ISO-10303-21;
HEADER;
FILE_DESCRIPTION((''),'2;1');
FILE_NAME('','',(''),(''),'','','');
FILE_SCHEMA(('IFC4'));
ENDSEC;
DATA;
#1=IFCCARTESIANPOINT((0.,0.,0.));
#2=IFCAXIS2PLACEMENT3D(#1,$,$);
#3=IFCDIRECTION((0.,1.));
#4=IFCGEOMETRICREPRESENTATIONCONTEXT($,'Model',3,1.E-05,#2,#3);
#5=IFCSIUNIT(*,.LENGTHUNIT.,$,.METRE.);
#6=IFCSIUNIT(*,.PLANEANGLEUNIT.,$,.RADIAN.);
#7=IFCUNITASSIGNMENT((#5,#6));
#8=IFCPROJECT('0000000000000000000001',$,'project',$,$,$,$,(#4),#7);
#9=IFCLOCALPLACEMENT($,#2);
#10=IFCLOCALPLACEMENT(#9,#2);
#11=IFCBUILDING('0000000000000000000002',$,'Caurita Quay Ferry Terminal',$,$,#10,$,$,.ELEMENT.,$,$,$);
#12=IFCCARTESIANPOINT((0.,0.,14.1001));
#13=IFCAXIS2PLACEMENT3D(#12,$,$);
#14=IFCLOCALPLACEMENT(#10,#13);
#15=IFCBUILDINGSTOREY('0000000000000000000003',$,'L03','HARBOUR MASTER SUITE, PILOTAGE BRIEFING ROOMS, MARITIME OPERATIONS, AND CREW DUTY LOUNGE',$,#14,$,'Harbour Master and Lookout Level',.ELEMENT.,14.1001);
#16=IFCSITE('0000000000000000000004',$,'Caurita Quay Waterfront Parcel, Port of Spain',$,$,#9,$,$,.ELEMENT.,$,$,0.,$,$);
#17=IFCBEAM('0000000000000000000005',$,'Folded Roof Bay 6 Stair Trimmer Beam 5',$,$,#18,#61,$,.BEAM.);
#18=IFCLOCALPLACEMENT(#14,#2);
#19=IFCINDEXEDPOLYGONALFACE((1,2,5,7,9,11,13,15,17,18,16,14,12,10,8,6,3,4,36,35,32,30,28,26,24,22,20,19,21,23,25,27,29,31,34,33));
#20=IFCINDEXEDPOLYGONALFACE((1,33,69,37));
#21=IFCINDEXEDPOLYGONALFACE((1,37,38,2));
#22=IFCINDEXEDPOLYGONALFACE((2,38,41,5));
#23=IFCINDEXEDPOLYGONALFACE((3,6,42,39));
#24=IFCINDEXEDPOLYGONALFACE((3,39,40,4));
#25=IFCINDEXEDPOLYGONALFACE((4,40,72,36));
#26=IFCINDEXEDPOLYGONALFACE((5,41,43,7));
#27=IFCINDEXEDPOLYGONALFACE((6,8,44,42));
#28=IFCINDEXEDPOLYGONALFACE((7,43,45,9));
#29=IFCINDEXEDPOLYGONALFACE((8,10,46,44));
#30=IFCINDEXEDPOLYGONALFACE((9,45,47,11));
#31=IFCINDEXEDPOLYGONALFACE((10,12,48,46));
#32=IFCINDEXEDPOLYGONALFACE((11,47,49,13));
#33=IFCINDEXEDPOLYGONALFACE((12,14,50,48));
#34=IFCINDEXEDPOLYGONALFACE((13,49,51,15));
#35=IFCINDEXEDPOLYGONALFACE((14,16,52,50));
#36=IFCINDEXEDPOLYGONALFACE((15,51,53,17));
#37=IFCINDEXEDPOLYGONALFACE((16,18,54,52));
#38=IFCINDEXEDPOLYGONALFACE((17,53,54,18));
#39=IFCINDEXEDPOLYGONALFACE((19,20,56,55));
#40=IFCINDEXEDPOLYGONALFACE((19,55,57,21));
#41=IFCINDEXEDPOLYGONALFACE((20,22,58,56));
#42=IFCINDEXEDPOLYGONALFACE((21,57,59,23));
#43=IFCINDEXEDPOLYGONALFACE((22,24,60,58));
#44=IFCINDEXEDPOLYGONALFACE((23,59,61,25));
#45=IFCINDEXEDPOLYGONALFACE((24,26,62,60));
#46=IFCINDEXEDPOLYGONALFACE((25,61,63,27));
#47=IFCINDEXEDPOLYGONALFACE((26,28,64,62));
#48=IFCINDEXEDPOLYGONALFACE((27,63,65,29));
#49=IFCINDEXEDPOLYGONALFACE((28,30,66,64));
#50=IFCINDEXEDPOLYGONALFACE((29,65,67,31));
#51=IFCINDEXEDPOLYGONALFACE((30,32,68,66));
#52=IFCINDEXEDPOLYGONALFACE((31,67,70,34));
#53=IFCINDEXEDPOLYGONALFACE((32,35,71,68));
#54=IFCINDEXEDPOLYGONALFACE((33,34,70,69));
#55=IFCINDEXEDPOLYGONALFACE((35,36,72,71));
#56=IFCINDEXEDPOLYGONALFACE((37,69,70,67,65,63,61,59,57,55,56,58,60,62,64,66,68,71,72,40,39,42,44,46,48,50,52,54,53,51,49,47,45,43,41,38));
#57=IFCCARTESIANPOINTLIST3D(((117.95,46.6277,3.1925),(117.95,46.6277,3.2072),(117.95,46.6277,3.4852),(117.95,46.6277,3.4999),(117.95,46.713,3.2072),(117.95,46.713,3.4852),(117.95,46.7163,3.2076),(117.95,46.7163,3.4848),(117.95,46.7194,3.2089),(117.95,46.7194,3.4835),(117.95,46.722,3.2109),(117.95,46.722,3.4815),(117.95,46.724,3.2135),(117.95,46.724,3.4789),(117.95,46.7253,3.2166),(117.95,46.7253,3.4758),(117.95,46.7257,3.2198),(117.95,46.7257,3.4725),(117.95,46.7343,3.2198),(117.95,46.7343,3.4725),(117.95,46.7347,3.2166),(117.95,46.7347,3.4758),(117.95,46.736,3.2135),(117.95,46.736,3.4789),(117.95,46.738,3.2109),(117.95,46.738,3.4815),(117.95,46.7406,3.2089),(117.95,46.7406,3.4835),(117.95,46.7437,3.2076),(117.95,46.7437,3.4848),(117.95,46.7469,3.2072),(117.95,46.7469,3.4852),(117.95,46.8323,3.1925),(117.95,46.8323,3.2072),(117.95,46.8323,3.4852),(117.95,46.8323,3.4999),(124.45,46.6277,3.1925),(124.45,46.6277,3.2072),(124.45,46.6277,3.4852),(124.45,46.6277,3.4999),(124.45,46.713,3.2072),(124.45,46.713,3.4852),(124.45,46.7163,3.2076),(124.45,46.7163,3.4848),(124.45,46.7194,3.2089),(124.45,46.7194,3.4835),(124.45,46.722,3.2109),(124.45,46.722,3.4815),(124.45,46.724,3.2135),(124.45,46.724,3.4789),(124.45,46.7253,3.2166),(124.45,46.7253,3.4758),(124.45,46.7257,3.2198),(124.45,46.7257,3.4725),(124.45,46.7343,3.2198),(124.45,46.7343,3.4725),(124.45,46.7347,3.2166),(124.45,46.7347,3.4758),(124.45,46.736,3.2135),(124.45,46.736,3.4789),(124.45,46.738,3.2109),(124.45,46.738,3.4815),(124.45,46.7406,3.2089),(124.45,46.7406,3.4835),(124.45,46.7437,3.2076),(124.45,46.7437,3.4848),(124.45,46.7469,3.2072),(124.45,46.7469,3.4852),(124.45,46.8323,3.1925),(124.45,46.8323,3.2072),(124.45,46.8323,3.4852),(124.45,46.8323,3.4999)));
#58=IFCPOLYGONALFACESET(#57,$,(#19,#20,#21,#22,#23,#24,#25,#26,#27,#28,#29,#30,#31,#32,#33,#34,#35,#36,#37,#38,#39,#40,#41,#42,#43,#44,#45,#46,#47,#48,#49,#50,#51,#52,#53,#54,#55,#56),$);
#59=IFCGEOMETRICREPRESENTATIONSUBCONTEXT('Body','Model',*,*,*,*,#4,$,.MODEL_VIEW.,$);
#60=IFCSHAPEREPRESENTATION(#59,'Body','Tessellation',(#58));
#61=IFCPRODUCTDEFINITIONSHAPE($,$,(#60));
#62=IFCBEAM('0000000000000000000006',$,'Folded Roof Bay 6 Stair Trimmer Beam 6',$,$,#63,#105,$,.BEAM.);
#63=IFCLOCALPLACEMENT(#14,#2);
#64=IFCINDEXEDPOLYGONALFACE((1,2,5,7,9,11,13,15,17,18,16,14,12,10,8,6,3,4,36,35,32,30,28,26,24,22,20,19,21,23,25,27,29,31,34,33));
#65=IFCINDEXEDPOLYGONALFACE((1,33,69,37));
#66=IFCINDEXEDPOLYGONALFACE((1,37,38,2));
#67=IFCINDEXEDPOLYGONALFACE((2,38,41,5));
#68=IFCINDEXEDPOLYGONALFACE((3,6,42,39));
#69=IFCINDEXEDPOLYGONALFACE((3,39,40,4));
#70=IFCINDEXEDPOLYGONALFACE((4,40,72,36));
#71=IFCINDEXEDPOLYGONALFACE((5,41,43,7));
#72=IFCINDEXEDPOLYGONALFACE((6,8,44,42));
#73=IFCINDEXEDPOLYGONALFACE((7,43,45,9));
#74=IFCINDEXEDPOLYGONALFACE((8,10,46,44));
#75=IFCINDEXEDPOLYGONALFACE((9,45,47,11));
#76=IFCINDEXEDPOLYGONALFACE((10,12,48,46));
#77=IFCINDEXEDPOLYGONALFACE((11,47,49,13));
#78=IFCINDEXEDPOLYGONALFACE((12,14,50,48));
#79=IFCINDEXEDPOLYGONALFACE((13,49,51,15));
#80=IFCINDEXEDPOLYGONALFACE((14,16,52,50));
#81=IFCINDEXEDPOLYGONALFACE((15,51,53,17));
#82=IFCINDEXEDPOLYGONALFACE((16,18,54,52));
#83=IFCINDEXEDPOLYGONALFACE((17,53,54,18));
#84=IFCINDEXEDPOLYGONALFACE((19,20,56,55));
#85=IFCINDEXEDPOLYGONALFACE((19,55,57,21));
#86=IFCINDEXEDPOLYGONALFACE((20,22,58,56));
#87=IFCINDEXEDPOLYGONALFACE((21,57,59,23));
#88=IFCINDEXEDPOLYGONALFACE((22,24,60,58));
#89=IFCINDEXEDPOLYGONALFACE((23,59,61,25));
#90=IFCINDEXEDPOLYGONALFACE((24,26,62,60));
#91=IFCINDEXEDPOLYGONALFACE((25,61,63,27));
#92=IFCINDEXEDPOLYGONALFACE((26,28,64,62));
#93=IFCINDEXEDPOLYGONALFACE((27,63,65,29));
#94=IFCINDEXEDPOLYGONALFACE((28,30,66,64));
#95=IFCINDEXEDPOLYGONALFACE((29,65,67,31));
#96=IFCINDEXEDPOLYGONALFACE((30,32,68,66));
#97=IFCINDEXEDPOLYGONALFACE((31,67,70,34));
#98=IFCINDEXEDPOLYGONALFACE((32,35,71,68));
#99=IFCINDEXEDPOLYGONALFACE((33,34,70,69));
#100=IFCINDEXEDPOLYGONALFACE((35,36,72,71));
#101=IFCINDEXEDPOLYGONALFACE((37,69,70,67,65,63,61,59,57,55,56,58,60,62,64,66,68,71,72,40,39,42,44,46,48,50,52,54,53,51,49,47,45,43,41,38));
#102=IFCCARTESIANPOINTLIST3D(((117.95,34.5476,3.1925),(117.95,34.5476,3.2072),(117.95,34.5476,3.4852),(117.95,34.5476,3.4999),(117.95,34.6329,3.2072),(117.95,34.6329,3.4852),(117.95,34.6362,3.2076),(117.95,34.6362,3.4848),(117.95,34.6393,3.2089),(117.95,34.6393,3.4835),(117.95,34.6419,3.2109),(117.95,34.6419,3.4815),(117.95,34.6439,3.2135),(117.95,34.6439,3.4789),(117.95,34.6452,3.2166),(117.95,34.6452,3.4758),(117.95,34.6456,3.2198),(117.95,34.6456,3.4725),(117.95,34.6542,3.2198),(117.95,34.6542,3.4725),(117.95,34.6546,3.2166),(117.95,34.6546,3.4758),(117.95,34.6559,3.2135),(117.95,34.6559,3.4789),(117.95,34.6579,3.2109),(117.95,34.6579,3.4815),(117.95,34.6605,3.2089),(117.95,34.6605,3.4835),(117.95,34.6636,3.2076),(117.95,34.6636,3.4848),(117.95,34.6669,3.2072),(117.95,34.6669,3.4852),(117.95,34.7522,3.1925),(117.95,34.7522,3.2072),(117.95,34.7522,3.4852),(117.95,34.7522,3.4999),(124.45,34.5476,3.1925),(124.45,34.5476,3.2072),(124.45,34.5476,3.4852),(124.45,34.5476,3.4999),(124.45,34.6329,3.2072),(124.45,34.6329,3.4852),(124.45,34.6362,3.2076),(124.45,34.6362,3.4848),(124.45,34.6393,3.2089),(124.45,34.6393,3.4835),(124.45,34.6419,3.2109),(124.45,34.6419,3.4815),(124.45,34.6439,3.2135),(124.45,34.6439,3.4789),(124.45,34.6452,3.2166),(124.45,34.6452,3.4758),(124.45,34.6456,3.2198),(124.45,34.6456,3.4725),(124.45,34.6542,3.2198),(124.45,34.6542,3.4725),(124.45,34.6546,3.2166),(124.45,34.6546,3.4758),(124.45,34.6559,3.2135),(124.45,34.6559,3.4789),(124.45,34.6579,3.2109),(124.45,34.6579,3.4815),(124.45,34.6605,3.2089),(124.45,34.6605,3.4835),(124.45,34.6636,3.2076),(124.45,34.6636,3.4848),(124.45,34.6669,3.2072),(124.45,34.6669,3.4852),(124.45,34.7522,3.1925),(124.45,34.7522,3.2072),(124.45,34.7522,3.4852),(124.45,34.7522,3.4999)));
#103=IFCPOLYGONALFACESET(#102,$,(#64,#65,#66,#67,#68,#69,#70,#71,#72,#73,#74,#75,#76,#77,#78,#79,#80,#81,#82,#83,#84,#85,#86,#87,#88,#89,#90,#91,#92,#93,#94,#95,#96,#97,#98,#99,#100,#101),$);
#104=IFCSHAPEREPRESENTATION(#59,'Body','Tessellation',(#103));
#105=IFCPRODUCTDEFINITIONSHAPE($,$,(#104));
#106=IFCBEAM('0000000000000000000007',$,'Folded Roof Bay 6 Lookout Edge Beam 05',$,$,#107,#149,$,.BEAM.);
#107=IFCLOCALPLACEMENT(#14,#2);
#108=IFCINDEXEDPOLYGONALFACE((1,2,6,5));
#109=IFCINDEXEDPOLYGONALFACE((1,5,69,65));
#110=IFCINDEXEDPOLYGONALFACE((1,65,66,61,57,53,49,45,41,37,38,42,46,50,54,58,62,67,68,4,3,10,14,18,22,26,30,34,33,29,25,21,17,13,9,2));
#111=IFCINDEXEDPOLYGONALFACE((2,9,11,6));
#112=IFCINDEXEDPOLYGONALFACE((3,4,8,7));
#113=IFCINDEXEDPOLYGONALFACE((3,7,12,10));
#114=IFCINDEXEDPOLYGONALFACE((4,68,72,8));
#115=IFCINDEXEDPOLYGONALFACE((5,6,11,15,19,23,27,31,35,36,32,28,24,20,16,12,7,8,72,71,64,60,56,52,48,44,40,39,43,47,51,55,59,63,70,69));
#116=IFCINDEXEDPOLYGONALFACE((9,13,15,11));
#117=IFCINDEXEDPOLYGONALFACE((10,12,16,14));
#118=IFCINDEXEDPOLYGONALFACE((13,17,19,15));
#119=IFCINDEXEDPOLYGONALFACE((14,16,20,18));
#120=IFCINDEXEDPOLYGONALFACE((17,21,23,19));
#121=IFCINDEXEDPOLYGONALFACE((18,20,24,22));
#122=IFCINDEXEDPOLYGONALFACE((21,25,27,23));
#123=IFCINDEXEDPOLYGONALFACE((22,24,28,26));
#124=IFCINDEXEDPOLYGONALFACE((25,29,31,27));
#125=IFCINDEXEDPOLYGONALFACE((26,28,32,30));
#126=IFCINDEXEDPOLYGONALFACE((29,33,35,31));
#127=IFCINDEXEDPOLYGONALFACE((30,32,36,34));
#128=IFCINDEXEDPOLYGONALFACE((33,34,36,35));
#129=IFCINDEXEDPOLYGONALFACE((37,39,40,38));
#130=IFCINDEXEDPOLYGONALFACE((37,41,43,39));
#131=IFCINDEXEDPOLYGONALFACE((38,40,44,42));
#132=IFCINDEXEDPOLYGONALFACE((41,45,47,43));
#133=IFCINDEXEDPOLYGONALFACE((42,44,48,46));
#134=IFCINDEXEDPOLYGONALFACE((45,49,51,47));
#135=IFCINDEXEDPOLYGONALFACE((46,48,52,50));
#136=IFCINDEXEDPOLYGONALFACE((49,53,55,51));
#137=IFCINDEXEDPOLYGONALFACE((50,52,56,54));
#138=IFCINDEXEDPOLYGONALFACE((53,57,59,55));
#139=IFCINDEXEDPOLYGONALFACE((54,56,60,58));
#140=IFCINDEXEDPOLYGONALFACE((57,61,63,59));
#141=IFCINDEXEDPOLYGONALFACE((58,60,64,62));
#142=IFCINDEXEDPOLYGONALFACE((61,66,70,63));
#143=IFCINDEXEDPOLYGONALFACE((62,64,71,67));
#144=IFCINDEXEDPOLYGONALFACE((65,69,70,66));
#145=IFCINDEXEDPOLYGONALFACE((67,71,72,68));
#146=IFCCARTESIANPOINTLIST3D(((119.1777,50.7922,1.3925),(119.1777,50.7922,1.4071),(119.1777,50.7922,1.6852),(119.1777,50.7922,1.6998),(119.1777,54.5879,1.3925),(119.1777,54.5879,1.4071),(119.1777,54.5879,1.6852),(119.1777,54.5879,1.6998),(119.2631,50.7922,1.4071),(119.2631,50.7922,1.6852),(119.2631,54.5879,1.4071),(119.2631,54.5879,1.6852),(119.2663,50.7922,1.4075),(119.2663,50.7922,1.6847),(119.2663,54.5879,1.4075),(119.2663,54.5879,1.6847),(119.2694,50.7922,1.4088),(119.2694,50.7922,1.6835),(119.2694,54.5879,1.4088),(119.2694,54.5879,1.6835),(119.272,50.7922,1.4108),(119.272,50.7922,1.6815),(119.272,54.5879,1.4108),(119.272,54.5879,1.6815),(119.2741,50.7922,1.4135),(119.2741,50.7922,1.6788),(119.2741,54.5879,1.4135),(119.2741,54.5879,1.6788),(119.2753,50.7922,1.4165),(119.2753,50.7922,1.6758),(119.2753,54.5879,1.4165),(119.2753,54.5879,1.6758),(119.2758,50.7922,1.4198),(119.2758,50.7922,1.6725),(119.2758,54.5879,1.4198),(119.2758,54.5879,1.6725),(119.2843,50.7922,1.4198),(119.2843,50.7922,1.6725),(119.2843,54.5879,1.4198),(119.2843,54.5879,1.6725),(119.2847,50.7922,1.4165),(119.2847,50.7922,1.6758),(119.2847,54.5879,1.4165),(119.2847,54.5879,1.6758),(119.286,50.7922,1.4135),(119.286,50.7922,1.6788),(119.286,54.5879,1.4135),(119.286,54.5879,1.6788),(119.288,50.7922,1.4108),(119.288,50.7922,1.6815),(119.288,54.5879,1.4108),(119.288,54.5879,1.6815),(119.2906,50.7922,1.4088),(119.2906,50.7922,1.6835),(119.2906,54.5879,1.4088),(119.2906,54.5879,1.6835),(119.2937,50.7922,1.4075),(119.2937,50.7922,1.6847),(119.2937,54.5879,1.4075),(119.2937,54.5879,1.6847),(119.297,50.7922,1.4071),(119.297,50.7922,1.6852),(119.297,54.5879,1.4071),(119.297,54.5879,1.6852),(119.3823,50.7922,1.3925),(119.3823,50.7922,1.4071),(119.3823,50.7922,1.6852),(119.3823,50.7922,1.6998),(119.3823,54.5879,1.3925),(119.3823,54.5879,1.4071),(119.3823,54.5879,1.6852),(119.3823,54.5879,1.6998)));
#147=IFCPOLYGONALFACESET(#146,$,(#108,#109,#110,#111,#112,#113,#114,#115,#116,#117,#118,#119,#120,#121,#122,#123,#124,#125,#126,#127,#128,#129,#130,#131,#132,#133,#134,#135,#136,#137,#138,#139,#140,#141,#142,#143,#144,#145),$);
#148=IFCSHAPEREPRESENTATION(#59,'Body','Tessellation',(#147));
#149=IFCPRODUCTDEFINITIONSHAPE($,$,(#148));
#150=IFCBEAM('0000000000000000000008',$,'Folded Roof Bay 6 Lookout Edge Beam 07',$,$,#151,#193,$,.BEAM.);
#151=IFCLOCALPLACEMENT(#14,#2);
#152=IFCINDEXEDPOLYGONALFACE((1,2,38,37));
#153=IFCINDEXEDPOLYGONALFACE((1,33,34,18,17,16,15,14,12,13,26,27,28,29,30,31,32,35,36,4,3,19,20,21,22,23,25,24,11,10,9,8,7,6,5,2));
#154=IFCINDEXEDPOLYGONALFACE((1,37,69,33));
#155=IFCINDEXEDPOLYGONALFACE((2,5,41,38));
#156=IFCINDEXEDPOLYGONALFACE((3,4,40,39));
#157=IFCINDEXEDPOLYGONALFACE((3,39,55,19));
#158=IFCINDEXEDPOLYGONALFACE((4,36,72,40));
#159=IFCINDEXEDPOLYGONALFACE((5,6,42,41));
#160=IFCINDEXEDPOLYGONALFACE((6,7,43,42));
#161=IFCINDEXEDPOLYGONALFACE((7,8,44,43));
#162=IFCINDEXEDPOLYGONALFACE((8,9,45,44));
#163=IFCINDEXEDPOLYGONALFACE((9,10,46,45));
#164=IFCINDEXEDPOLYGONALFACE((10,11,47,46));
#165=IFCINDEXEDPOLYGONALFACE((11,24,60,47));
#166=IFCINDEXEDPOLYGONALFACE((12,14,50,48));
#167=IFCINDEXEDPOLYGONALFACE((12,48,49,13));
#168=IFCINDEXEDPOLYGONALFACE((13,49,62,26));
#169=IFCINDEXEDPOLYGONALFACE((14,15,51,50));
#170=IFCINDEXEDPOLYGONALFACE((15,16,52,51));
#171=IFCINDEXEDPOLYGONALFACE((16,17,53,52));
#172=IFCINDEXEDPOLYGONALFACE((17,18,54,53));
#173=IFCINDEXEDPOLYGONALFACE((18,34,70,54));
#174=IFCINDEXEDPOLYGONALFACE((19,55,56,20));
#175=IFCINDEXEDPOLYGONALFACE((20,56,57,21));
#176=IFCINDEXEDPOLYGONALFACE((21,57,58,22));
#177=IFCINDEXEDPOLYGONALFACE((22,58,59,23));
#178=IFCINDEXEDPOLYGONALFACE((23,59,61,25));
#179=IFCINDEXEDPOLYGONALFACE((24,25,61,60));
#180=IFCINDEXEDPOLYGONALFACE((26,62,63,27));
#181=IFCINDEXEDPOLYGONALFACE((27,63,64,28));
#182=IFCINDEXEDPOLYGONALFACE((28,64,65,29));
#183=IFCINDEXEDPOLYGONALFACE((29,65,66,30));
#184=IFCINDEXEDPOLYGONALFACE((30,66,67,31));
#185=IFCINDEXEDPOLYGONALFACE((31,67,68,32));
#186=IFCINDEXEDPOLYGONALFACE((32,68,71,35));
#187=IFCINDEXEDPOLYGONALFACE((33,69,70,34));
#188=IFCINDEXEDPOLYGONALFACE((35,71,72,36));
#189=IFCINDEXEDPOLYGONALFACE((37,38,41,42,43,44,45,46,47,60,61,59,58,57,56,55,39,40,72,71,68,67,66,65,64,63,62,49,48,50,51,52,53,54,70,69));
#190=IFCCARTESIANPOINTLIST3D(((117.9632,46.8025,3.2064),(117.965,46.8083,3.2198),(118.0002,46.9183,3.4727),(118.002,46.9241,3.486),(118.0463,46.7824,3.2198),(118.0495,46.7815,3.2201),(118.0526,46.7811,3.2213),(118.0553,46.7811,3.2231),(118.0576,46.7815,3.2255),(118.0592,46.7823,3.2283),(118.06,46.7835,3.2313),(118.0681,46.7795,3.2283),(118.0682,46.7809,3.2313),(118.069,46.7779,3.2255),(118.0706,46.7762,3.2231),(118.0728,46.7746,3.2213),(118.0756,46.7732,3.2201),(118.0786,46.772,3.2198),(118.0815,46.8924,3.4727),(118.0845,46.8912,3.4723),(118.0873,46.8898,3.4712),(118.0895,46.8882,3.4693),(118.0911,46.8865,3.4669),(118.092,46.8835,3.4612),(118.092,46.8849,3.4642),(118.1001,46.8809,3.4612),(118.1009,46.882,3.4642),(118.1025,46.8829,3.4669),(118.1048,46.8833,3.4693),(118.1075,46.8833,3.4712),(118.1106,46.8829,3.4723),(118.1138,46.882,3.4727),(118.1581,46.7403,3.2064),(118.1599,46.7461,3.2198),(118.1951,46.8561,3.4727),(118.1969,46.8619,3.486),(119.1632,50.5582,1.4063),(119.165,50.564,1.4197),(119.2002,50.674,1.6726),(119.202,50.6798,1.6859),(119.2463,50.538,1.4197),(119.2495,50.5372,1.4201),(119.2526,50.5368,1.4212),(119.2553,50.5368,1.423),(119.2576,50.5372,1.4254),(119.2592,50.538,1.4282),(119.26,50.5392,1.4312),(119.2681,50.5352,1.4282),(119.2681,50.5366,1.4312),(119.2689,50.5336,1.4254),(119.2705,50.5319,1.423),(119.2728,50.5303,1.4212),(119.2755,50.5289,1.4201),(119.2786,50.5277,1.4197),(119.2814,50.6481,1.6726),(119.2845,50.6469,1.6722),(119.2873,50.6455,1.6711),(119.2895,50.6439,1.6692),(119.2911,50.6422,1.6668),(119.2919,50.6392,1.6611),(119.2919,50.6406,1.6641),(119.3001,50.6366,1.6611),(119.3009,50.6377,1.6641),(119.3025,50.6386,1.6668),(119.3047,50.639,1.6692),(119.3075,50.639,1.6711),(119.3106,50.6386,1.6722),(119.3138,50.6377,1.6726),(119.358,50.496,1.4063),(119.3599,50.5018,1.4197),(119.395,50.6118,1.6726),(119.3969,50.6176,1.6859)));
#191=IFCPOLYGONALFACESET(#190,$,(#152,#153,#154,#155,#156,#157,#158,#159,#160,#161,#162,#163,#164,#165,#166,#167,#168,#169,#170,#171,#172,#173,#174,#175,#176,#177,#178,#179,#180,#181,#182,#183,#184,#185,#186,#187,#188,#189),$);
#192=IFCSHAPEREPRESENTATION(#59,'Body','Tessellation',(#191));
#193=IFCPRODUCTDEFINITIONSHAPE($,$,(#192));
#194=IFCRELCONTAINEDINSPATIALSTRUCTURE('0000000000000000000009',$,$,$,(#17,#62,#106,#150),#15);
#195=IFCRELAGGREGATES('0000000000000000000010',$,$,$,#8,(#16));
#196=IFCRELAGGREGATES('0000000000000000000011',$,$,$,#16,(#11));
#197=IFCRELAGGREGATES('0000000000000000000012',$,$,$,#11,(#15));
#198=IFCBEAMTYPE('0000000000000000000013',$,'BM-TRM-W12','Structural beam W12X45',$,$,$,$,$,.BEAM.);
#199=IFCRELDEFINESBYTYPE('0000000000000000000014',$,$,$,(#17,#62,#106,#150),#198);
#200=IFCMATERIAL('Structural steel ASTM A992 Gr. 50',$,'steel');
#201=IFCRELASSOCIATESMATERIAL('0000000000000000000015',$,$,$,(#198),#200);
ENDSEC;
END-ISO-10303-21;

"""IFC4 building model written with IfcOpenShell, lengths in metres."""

from ifc_helpers import new_model, si_unit, direction, frame, origin, origin_2d, place, context, subcontext, project, spatial, i_section, extrude, material, material_profile, profile_set, type_object, element, save


model = new_model("IFC4")

# Units and contexts
model_context = context("Model", 3, precision=1e-05, world=origin(), true_north=direction((0.0, 1.0)))
body_context = subcontext(model_context, "Body", "Model", "MODEL_VIEW")
ifc_project = project(units=[si_unit("LENGTHUNIT", "METRE"), si_unit("PLANEANGLEUNIT", "RADIAN")], contexts=[model_context])

# Site, building, storey
site_placement = place(None, origin())
site = spatial("IfcSite", under=ifc_project, at=site_placement, Name="Caurita Quay Waterfront Parcel, Port of Spain", CompositionType="ELEMENT", RefElevation=0.0)
building_placement = place(site_placement, origin())
building = spatial("IfcBuilding", under=site, at=building_placement, Name="Caurita Quay Ferry Terminal", CompositionType="ELEMENT")
storey_placement = place(building_placement, frame((0.0, 0.0, 14.1001)))
storey = spatial("IfcBuildingStorey", under=building, at=storey_placement, Name="L03", Description="HARBOUR MASTER SUITE, PILOTAGE BRIEFING ROOMS, MARITIME OPERATIONS, AND CREW DUTY LOUNGE", LongName="Harbour Master and Lookout Level", CompositionType="ELEMENT", Elevation=14.1001)

# Beams
ifc_material_1 = material(Name="Structural steel ASTM A992 Gr. 50", Category="steel")
ifc_material_profile_1 = material_profile(ifc_material_1, i_section(OverallWidth=0.2046, OverallDepth=0.3074, WebThickness=0.0085, FlangeThickness=0.0146, FilletRadius=0.0127, at=origin_2d()), Name="W12X45")
ifc_profile_set_1 = profile_set([ifc_material_profile_1], Name="Structural steel ASTM A992 Gr. 50")
beam_type_1 = type_object("IfcBeamType", Name="BM-TRM-W12", Description="Structural beam W12X45", PredefinedType="BEAM", material=ifc_profile_set_1)
for number, where, z_axis, x_axis, name in (
    (1, (117.95, 46.73, 3.3462), (1.0, 0.0, 0.0), (0.0, 1.0, 0.0), "Folded Roof Bay 6 Stair Trimmer Beam 5"),
    (2, (117.95, 34.6499, 3.3462), (1.0, 0.0, 0.0), (0.0, 1.0, 0.0), "Folded Roof Bay 6 Stair Trimmer Beam 6"),
):
    element("IfcBeam", number, at=place(storey_placement, frame(where, z_axis=z_axis, x_axis=x_axis)), inside=storey, type_object=beam_type_1, Name=name, PredefinedType="BEAM", context=body_context, shape_type="SweptSolid", body=[
        extrude(i_section(OverallWidth=0.2046, OverallDepth=0.3074, WebThickness=0.0085, FlangeThickness=0.0146, FilletRadius=0.0127, at=origin_2d()), origin(), (0.0, 0.0, 1.0), 6.5),
    ])
beam_1_placement = place(storey_placement, frame((119.28, 54.5879, 1.5461), z_axis=(0.0, -1.0, 0.0), x_axis=(1.0, 0.0, 0.0)))
element("IfcBeam", 3, at=beam_1_placement, inside=storey, type_object=beam_type_1, Name="Folded Roof Bay 6 Lookout Edge Beam 05", PredefinedType="BEAM", context=body_context, shape_type="SweptSolid", body=[
    extrude(i_section(OverallWidth=0.2046, OverallDepth=0.3074, WebThickness=0.0085, FlangeThickness=0.0146, FilletRadius=0.0127, at=origin_2d()), origin(), (0.0, 0.0, 1.0), 3.7957),
])
beam_2_placement = place(storey_placement, frame((119.28, 50.5879, 1.5461), z_axis=(-0.276861, -0.866521, 0.415319), x_axis=(0.95256, -0.304351, 0.0)))
element("IfcBeam", 4, at=beam_2_placement, inside=storey, type_object=beam_type_1, Name="Folded Roof Bay 6 Lookout Edge Beam 07", PredefinedType="BEAM", context=body_context, shape_type="SweptSolid", body=[
    extrude(i_section(OverallWidth=0.2046, OverallDepth=0.3074, WebThickness=0.0085, FlangeThickness=0.0146, FilletRadius=0.0127, at=origin_2d()), origin(), (0.0, 0.0, 1.0), 4.3342),
])

save(model, "model.ifc")
